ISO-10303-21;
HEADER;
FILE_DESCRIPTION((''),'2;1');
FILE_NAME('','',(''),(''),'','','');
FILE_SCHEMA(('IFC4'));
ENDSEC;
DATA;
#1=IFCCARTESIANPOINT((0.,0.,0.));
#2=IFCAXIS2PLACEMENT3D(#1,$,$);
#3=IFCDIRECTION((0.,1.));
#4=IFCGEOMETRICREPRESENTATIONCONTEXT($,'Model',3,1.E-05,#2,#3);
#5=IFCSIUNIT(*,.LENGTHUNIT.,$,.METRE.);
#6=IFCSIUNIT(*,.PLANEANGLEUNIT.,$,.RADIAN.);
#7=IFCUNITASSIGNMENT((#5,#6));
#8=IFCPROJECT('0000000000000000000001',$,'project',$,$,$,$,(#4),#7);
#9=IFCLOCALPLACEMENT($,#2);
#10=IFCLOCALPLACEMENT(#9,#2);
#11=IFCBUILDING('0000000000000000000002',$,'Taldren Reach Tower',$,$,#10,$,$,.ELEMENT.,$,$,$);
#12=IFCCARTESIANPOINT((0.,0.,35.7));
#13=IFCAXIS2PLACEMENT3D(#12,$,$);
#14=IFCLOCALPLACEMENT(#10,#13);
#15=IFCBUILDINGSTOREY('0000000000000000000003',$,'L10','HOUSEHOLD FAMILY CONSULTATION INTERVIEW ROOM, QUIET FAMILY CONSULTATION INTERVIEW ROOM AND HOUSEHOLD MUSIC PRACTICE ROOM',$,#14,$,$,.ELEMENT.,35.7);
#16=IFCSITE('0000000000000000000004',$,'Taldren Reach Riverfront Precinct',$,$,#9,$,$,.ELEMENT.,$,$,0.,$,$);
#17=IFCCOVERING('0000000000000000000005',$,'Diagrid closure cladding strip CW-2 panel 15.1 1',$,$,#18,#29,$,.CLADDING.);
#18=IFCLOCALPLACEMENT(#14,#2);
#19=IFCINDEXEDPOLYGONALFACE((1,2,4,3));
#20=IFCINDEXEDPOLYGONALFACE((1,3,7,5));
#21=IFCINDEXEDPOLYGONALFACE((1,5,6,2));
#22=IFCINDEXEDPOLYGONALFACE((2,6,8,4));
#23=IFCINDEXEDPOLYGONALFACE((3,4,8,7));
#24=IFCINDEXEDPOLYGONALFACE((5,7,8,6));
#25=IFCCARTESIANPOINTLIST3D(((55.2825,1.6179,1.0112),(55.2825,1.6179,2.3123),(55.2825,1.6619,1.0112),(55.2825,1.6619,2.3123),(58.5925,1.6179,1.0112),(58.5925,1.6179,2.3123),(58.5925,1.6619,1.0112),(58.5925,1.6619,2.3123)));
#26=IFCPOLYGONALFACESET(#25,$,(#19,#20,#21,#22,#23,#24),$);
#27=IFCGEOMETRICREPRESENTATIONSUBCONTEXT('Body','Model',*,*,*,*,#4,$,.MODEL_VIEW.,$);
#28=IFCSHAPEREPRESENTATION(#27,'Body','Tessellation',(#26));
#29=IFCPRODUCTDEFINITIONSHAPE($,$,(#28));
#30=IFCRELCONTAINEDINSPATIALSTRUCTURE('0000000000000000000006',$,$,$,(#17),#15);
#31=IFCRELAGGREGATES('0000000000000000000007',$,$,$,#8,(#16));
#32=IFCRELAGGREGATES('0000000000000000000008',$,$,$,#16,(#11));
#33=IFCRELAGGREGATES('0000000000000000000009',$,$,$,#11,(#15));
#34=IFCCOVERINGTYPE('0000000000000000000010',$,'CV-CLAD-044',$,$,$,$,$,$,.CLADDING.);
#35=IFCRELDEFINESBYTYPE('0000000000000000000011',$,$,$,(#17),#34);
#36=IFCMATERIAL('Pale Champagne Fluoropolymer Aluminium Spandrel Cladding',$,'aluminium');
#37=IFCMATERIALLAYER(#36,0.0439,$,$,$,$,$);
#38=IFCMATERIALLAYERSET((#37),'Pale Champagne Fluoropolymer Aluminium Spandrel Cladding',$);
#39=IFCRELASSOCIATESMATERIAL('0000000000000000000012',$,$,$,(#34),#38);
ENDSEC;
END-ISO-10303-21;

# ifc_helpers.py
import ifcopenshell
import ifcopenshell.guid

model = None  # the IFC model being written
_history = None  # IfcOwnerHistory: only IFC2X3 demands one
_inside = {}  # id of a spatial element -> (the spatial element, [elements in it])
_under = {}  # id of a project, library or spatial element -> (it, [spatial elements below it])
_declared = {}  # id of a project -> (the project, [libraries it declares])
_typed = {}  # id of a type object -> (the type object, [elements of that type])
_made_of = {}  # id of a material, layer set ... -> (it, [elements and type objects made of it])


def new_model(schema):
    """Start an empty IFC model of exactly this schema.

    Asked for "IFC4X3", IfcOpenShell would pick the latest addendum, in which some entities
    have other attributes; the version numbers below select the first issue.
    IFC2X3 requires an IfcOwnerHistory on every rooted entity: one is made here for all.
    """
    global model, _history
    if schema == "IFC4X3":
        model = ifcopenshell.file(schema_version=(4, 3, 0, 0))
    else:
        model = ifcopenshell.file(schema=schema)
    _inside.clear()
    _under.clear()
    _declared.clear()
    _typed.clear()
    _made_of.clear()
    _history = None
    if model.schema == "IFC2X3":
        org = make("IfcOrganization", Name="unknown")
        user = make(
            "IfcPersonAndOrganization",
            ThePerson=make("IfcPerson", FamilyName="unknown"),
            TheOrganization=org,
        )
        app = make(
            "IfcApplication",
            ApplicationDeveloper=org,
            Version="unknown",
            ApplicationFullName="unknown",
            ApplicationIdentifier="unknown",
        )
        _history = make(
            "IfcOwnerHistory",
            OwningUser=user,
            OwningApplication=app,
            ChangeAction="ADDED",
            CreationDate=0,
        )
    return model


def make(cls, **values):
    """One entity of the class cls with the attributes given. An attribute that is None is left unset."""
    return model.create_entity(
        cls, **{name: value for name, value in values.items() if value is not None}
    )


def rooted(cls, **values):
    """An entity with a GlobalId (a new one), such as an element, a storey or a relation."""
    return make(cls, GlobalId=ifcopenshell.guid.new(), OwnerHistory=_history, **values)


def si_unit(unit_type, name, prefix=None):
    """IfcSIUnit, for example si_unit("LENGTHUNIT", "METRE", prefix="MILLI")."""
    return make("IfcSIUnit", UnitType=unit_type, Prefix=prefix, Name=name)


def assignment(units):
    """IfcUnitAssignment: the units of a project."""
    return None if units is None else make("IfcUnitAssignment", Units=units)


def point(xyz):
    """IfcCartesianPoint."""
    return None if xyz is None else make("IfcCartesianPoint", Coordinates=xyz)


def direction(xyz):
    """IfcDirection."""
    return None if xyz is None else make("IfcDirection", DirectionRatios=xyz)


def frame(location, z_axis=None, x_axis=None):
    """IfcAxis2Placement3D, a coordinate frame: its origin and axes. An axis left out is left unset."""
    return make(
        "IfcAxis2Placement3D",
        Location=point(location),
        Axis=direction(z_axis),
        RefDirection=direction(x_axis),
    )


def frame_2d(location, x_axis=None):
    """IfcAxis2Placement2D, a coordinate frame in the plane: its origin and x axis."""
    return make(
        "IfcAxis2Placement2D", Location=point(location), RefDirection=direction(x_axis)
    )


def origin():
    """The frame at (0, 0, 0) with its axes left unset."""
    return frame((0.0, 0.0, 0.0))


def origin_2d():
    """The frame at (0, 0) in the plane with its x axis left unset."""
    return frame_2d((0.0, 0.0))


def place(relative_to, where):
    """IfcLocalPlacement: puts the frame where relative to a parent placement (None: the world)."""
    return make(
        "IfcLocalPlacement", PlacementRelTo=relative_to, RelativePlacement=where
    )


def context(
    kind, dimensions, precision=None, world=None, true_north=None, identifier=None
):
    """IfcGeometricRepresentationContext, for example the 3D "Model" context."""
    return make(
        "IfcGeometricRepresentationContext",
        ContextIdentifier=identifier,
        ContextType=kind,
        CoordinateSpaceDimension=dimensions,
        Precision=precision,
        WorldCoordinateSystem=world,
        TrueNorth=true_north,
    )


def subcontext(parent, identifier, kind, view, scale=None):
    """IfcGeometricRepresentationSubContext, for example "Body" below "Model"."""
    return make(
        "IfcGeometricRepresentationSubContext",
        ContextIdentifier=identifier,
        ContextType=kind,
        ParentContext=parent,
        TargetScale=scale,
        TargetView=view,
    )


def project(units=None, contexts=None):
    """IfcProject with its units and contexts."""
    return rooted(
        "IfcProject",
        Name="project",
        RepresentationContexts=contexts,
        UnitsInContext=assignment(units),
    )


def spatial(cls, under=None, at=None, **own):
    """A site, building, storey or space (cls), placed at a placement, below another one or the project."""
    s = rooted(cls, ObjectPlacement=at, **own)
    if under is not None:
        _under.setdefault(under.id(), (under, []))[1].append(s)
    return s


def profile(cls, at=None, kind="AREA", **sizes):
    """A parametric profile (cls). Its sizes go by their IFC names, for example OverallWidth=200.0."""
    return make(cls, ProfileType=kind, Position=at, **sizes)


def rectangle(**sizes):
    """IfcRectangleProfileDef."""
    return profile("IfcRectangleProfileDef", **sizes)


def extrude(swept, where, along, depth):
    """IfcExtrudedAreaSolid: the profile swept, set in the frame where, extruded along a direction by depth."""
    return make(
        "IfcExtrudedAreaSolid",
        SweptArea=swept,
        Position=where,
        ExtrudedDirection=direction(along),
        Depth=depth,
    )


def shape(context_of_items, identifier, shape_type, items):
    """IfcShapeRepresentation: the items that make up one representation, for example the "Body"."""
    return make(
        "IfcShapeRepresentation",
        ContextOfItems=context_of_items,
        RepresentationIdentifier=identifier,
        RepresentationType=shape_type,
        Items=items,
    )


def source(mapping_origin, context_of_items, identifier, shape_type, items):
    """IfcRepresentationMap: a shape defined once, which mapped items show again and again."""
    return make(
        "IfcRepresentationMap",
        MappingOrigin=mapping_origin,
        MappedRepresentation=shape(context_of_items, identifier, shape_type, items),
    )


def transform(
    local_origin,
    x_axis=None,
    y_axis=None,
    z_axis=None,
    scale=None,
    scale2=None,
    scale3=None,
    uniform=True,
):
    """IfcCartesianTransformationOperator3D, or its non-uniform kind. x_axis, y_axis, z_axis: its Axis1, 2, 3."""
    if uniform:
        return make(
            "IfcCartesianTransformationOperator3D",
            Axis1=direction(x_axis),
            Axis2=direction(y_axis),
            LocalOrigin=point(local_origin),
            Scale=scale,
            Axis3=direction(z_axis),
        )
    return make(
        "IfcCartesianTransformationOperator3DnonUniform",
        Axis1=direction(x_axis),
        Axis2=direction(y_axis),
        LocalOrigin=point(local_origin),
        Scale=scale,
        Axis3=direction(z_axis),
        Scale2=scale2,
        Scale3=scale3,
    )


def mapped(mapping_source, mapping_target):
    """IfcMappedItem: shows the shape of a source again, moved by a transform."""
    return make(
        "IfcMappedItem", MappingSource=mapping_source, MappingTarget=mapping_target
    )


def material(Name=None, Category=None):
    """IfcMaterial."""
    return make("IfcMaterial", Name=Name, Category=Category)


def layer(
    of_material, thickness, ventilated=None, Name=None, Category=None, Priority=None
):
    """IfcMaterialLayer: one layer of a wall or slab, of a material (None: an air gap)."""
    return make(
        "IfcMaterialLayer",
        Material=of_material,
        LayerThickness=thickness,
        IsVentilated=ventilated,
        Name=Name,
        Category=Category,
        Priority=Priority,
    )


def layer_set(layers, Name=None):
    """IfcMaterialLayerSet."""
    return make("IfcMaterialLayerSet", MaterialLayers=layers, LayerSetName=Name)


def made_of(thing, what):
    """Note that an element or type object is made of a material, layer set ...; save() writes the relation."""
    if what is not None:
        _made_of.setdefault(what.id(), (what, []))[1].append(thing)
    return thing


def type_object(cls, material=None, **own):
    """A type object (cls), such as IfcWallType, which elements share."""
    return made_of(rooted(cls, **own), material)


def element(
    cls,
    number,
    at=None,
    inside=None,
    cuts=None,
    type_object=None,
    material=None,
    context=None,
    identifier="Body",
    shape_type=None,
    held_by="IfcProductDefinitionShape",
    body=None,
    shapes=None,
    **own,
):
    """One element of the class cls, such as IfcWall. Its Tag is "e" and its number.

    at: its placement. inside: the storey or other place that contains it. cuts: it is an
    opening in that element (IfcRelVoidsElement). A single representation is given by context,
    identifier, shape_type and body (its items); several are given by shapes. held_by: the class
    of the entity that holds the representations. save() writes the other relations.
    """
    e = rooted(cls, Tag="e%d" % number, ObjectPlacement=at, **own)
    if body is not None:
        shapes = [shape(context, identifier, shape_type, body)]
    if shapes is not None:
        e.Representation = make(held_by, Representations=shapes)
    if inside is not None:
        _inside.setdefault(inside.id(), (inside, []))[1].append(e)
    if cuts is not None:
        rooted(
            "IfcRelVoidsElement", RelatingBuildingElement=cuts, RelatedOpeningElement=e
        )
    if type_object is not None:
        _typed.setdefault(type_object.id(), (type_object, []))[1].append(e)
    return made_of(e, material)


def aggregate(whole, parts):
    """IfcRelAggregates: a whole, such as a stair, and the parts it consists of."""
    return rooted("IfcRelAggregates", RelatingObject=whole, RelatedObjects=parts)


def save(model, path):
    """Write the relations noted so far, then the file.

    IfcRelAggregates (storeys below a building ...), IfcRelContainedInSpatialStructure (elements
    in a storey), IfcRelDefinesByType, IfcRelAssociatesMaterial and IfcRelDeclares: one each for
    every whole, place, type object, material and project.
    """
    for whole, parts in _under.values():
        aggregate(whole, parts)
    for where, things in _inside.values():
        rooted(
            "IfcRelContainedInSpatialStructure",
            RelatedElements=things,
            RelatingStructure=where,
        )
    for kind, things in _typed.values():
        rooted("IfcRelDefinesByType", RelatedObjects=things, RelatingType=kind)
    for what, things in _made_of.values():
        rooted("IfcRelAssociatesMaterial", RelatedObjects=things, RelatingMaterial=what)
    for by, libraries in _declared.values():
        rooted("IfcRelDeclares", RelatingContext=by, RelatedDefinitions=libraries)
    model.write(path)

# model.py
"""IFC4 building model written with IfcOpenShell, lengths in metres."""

from ifc_helpers import new_model, si_unit, direction, frame, origin, origin_2d, place, context, subcontext, project, spatial, rectangle, extrude, source, transform, mapped, material, layer, layer_set, type_object, element, save


model = new_model("IFC4")

# Units and contexts
model_context = context("Model", 3, precision=1e-05, world=origin(), true_north=direction((0.0, 1.0)))
body_context = subcontext(model_context, "Body", "Model", "MODEL_VIEW")
ifc_project = project(units=[si_unit("LENGTHUNIT", "METRE"), si_unit("PLANEANGLEUNIT", "RADIAN")], contexts=[model_context])

# Site, building, storey
site_placement = place(None, origin())
site = spatial("IfcSite", under=ifc_project, at=site_placement, Name="Taldren Reach Riverfront Precinct", CompositionType="ELEMENT", RefElevation=0.0)
building_placement = place(site_placement, origin())
building = spatial("IfcBuilding", under=site, at=building_placement, Name="Taldren Reach Tower", CompositionType="ELEMENT")
storey_placement = place(building_placement, frame((0.0, 0.0, 35.7)))
storey = spatial("IfcBuildingStorey", under=building, at=storey_placement, Name="L10", Description="HOUSEHOLD FAMILY CONSULTATION INTERVIEW ROOM, QUIET FAMILY CONSULTATION INTERVIEW ROOM AND HOUSEHOLD MUSIC PRACTICE ROOM", CompositionType="ELEMENT", Elevation=35.7)

# Covering
ifc_material_1 = material(Name="Pale Champagne Fluoropolymer Aluminium Spandrel Cladding", Category="aluminium")
ifc_layer_1 = layer(ifc_material_1, 0.0439)
ifc_layer_set_1 = layer_set([ifc_layer_1], Name="Pale Champagne Fluoropolymer Aluminium Spandrel Cladding")
covering_type = type_object("IfcCoveringType", Name="CV-CLAD-044", PredefinedType="CLADDING", material=ifc_layer_set_1)
shared_shape_1 = source(origin(), body_context, "Body", "SweptSolid", [
    extrude(rectangle(XDim=3.3101, YDim=0.0439, at=origin_2d()), origin(), (0.0, 0.0, 1.0), 1.301),
])
covering_1_placement = place(storey_placement, frame((56.9375, 1.6399, 1.0112), z_axis=(0.0, 0.0, 1.0), x_axis=(1.0, 0.0, 0.0)))
element("IfcCovering", 1, at=covering_1_placement, inside=storey, type_object=covering_type, Name="Diagrid closure cladding strip CW-2 panel 15.1 1", PredefinedType="CLADDING", context=body_context, shape_type="MappedRepresentation", body=[
    mapped(shared_shape_1, transform((0.0, 0.0, 0.0), scale=1.0)),
])

save(model, "model.ifc")
